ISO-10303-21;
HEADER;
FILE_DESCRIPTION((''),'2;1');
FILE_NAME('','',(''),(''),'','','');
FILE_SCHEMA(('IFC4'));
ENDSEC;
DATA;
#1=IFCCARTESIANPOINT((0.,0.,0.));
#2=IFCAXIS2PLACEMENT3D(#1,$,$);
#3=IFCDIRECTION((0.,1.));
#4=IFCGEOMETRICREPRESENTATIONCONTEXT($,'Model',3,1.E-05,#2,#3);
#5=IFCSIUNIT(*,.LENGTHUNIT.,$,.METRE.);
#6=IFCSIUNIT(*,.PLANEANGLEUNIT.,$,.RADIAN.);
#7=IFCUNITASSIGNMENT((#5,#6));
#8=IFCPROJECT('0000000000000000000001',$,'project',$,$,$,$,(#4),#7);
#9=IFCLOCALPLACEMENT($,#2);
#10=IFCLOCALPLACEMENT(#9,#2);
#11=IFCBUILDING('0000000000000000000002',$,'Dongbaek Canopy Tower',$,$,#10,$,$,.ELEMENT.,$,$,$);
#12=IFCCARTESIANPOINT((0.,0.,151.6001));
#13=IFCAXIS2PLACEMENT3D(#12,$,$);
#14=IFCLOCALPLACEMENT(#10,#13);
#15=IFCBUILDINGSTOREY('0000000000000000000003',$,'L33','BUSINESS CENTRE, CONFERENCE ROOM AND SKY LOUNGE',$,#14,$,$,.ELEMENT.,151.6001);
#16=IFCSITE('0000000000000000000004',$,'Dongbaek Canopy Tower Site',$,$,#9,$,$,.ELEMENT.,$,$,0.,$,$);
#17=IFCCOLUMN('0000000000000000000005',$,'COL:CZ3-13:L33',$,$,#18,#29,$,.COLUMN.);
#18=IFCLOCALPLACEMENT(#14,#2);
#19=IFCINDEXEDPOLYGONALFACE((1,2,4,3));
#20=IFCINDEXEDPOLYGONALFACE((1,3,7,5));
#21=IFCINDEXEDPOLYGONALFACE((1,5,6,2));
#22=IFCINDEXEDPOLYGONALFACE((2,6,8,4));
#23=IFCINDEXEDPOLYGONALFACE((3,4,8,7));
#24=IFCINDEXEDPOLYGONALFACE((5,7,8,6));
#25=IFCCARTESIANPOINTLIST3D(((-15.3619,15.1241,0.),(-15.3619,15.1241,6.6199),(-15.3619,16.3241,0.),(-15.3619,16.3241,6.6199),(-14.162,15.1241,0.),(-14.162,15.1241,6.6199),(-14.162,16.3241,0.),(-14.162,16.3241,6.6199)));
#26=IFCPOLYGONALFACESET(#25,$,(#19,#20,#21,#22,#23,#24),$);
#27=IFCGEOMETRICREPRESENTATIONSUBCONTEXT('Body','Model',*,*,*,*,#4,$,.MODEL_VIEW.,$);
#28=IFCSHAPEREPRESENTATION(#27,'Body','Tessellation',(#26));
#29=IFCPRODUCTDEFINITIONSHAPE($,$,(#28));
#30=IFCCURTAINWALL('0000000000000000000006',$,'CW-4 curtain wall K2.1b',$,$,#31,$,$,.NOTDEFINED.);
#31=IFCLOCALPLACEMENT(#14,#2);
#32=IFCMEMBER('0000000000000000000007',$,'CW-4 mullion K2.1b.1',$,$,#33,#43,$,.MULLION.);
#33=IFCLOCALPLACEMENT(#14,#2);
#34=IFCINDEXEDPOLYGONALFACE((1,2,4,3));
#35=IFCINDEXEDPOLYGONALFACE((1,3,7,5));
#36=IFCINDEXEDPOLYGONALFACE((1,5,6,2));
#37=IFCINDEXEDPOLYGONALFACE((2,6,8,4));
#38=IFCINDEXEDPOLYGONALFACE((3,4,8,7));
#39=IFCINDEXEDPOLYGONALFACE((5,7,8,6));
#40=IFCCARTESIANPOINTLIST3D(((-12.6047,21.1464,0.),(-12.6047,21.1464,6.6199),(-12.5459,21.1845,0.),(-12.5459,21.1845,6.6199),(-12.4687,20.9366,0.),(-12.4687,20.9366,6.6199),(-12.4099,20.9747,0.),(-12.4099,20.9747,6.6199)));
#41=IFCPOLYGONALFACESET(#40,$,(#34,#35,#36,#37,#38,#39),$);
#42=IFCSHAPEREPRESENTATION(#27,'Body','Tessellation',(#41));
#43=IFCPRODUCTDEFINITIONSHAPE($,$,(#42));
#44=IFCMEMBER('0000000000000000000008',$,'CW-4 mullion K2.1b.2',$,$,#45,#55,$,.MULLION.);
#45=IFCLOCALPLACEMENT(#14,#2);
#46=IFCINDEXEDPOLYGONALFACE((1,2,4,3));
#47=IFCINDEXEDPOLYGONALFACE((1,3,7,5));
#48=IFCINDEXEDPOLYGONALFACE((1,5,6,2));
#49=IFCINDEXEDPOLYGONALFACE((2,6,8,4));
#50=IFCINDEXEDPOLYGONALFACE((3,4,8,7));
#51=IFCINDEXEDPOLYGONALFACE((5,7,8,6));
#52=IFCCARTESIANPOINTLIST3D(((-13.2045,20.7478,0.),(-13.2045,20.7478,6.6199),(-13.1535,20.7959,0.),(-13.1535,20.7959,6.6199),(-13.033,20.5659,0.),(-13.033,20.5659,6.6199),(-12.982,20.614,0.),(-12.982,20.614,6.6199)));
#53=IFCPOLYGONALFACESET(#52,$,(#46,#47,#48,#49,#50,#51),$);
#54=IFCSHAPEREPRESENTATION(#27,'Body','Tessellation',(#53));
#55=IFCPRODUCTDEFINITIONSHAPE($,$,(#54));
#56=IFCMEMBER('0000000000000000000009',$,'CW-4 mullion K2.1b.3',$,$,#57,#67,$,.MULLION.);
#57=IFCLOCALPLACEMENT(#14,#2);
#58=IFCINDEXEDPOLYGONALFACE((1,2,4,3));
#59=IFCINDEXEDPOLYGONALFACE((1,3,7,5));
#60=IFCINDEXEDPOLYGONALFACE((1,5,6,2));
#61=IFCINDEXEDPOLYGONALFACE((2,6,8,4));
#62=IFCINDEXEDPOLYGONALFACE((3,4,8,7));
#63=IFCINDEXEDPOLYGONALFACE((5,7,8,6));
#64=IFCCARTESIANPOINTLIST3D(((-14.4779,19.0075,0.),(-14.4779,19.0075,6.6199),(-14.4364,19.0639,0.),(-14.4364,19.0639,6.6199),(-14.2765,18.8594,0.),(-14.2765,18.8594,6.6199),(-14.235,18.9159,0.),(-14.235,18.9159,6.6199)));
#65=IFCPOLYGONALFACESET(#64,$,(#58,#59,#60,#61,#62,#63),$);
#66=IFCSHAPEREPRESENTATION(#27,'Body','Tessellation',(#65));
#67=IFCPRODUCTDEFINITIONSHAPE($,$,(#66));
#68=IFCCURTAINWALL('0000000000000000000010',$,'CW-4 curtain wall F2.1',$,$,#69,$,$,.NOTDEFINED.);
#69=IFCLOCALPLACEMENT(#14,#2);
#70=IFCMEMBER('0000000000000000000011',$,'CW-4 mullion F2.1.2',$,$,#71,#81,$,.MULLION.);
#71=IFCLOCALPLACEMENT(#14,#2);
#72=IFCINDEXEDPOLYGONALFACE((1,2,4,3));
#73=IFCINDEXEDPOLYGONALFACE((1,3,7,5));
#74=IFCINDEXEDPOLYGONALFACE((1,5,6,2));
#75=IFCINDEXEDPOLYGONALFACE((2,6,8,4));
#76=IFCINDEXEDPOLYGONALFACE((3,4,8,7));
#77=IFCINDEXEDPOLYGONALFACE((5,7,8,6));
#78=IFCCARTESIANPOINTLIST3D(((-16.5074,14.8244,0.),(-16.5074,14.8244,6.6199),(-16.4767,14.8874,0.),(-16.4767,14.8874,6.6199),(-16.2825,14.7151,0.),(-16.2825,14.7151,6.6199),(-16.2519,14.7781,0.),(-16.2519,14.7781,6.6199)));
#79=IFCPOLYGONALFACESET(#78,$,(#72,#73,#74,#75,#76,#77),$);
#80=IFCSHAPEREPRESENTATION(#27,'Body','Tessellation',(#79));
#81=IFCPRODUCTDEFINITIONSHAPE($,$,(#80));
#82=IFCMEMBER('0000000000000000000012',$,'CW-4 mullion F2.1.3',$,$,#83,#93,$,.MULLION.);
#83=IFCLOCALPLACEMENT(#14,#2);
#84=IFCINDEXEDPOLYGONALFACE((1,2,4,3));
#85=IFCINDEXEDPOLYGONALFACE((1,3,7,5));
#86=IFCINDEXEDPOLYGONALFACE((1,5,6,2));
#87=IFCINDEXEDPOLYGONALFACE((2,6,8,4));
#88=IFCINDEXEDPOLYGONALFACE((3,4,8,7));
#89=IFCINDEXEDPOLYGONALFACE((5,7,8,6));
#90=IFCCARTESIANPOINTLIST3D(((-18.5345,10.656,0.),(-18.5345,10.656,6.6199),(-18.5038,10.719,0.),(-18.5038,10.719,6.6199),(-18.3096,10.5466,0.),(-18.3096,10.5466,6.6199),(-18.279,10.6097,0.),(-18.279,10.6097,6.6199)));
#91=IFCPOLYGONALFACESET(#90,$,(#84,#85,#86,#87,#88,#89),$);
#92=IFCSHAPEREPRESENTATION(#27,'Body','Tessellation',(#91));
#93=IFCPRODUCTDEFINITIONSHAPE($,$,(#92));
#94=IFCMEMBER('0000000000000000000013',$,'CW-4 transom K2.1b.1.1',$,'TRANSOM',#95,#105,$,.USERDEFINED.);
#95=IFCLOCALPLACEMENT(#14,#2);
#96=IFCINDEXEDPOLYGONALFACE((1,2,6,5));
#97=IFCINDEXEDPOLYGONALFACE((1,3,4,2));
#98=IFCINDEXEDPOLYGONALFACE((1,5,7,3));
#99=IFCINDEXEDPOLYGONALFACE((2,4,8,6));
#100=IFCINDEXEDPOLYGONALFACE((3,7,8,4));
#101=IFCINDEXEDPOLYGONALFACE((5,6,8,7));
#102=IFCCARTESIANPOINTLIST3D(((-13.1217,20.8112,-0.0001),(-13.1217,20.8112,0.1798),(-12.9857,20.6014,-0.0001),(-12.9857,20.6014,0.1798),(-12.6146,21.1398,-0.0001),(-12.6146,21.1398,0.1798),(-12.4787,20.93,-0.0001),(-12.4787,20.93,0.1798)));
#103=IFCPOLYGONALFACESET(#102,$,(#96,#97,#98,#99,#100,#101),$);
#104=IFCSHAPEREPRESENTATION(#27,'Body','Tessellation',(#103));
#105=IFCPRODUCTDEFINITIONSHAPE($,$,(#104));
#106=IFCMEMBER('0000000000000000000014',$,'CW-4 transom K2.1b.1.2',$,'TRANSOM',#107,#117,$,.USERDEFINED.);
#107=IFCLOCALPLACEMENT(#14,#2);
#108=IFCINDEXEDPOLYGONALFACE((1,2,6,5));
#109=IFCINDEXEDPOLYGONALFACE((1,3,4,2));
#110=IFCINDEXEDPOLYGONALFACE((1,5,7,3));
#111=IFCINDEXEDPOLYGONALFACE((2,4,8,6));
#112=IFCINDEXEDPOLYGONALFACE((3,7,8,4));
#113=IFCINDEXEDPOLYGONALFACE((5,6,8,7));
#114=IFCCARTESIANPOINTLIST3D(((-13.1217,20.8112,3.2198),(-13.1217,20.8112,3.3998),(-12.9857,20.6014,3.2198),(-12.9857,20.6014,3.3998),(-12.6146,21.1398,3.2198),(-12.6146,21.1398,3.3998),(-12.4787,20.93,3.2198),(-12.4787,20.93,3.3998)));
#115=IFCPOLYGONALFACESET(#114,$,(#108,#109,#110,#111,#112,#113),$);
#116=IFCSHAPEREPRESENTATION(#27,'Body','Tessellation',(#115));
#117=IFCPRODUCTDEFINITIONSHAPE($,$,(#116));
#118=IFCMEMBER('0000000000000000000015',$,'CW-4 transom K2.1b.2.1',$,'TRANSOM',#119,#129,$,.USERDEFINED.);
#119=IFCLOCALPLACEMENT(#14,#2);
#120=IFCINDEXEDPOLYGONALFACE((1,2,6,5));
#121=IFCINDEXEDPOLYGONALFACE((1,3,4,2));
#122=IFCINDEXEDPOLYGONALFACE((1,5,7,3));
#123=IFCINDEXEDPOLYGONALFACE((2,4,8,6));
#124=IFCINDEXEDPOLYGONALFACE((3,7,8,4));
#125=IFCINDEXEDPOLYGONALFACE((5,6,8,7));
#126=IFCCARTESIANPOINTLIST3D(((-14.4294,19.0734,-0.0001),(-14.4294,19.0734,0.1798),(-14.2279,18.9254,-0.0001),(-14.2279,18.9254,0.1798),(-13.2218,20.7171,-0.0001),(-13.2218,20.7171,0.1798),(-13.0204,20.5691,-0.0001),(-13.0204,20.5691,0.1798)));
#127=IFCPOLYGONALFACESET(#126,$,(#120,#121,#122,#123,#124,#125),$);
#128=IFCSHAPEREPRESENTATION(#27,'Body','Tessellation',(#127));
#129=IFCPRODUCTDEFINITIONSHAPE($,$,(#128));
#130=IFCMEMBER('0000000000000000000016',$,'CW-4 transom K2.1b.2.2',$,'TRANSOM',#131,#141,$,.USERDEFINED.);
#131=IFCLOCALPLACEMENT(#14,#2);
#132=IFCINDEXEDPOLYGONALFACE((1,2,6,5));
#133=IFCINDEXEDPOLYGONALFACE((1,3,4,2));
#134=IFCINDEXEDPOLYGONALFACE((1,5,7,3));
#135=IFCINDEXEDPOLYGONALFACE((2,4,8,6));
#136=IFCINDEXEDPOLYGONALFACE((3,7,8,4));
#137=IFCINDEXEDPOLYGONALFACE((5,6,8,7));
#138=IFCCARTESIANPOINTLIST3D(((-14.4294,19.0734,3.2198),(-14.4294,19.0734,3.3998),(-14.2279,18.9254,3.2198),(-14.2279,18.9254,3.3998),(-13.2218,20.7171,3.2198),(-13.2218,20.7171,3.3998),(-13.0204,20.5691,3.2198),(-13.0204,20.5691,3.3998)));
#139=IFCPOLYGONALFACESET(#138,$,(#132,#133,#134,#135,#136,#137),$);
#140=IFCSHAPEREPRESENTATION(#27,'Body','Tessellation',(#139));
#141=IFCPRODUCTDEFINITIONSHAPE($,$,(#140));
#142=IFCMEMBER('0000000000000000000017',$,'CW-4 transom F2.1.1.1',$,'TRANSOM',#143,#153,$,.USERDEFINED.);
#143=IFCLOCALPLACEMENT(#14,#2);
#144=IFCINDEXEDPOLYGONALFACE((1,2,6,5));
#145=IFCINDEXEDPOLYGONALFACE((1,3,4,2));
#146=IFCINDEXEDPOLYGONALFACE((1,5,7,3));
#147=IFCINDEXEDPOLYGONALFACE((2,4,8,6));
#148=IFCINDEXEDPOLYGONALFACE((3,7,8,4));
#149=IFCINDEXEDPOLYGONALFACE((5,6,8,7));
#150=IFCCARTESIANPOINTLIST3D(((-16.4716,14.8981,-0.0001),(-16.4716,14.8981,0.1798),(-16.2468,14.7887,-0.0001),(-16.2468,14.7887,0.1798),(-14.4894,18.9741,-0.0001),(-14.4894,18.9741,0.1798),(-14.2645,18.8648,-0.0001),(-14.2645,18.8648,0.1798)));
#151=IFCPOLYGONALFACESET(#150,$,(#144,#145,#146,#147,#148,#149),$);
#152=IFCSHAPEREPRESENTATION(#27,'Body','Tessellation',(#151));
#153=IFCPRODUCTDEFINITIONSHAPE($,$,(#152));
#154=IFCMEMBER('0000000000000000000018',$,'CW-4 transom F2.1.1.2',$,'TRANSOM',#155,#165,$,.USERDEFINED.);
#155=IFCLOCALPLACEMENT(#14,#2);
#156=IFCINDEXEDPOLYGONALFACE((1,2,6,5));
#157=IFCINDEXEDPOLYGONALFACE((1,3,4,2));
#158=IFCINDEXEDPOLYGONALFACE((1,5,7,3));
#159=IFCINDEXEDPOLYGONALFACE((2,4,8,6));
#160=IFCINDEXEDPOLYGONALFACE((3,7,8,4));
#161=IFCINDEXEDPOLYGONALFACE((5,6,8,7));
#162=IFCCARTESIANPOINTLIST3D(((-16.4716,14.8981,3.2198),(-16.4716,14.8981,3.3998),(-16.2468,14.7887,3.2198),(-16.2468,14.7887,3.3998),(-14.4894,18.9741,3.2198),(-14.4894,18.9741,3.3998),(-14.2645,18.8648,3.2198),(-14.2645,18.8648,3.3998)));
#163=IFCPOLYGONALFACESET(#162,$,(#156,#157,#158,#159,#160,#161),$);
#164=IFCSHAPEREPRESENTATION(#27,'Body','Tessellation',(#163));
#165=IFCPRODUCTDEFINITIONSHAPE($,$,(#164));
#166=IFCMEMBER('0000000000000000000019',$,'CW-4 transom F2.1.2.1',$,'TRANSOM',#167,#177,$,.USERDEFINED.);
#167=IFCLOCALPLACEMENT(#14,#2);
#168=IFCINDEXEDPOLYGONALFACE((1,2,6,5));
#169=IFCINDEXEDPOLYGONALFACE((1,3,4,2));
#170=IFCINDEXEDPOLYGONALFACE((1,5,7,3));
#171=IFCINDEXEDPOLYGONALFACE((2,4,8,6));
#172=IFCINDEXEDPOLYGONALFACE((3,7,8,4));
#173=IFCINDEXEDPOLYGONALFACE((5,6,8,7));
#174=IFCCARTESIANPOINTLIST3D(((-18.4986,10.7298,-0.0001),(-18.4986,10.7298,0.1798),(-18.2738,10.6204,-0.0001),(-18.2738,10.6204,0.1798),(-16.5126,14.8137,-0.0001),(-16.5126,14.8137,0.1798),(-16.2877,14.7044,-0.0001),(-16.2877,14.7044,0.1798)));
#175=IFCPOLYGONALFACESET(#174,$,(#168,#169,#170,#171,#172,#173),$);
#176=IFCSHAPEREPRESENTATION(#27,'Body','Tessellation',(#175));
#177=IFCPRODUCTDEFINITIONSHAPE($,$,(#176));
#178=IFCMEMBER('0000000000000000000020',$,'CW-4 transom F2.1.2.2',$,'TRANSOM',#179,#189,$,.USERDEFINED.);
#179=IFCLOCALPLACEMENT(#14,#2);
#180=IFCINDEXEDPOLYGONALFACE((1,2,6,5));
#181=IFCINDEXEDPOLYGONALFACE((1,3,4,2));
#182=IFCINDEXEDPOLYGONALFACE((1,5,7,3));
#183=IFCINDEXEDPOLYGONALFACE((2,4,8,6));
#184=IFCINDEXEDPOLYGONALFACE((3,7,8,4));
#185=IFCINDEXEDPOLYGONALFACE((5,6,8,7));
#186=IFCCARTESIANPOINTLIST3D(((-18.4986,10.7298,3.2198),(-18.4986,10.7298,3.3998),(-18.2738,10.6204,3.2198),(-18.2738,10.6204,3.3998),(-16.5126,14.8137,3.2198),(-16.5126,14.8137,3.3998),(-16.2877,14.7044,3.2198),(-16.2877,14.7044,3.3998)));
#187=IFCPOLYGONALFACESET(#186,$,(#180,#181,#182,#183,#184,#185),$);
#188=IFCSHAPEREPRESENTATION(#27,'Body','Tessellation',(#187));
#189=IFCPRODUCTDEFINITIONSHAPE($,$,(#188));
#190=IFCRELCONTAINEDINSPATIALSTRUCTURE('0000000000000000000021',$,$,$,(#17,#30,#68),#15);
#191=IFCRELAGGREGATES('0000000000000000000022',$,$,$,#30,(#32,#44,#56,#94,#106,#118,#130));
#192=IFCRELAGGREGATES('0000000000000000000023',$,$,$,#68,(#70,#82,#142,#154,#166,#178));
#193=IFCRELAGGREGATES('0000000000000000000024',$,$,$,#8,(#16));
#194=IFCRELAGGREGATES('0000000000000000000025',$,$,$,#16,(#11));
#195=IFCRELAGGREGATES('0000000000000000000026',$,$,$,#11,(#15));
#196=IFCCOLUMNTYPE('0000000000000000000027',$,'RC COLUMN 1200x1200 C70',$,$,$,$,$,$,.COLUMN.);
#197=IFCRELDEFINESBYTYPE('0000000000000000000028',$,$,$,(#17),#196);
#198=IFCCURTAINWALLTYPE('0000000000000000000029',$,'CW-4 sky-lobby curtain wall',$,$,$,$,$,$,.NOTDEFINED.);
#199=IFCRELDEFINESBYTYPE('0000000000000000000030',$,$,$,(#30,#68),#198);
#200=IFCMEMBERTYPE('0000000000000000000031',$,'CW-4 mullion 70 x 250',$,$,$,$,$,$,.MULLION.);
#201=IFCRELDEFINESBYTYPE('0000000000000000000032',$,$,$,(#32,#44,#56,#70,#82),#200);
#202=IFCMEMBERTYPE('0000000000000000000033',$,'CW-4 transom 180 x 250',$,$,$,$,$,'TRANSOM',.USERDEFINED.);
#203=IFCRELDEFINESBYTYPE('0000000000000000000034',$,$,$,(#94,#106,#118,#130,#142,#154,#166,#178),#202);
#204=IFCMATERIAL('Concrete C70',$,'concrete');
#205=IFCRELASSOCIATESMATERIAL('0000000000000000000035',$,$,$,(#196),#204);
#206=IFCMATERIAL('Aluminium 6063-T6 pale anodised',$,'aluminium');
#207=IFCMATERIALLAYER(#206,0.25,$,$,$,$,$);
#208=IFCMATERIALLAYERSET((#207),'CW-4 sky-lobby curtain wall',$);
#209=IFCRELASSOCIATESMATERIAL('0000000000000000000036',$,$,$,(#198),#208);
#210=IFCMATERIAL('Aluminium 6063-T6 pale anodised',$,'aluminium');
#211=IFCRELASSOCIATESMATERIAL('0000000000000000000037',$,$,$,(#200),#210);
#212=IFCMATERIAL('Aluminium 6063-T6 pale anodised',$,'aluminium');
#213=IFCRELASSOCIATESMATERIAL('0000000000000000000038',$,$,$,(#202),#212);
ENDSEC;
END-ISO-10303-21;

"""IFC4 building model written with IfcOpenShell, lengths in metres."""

from ifc_helpers import new_model, si_unit, direction, frame, origin, origin_2d, place, context, subcontext, project, spatial, rectangle, extrude, material, layer, layer_set, material_profile, profile_set, type_object, element, aggregate, save


model = new_model("IFC4")

# Units and contexts
model_context = context("Model", 3, precision=1e-05, world=origin(), true_north=direction((0.0, 1.0)))
body_context = subcontext(model_context, "Body", "Model", "MODEL_VIEW")
ifc_project = project(units=[si_unit("LENGTHUNIT", "METRE"), si_unit("PLANEANGLEUNIT", "RADIAN")], contexts=[model_context])

# Site, building, storey
site_placement = place(None, origin())
site = spatial("IfcSite", under=ifc_project, at=site_placement, Name="Dongbaek Canopy Tower Site", CompositionType="ELEMENT", RefElevation=0.0)
building_placement = place(site_placement, origin())
building = spatial("IfcBuilding", under=site, at=building_placement, Name="Dongbaek Canopy Tower", CompositionType="ELEMENT")
storey_placement = place(building_placement, frame((0.0, 0.0, 151.6001)))
storey = spatial("IfcBuildingStorey", under=building, at=storey_placement, Name="L33", Description="BUSINESS CENTRE, CONFERENCE ROOM AND SKY LOUNGE", CompositionType="ELEMENT", Elevation=151.6001)

# Column
ifc_material_1 = material(Name="Concrete C70", Category="concrete")
ifc_material_profile_1 = material_profile(ifc_material_1, rectangle(XDim=1.2, YDim=1.2, at=origin_2d()), Name="RC COLUMN 1200x1200 C70")
ifc_profile_set_1 = profile_set([ifc_material_profile_1], Name="Concrete C70")
column_type = type_object("IfcColumnType", Name="RC COLUMN 1200x1200 C70", PredefinedType="COLUMN", material=ifc_profile_set_1)
column_placement = place(storey_placement, frame((-14.762, 15.7241, 0.0), z_axis=(0.0, 0.0, 1.0), x_axis=(1.0, 0.0, 0.0)))
element("IfcColumn", 1, at=column_placement, inside=storey, type_object=column_type, Name="COL:CZ3-13:L33", PredefinedType="COLUMN", context=body_context, shape_type="SweptSolid", body=[
    extrude(rectangle(XDim=1.2, YDim=1.2, at=origin_2d()), origin(), (0.0, 0.0, 1.0), 6.6199),
])

# Curtain walls, members
ifc_material_2 = material(Name="Aluminium 6063-T6 pale anodised", Category="aluminium")
ifc_layer_1 = layer(ifc_material_2, 0.25)
ifc_layer_set_1 = layer_set([ifc_layer_1], Name="CW-4 sky-lobby curtain wall")
curtain_wall_type = type_object("IfcCurtainWallType", Name="CW-4 sky-lobby curtain wall", PredefinedType="NOTDEFINED", material=ifc_layer_set_1)
curtain_wall_1_placement = place(storey_placement, origin())
curtain_wall_1 = element("IfcCurtainWall", 2, at=curtain_wall_1_placement, inside=storey, type_object=curtain_wall_type, Name="CW-4 curtain wall K2.1b", PredefinedType="NOTDEFINED")
ifc_material_3 = material(Name="Aluminium 6063-T6 pale anodised", Category="aluminium")
ifc_material_profile_2 = material_profile(ifc_material_3, rectangle(XDim=0.25, YDim=0.0701, at=origin_2d()), Name="CW-4 mullion 70 x 250")
ifc_profile_set_2 = profile_set([ifc_material_profile_2], Name="Aluminium 6063-T6 pale anodised")
member_type_1 = type_object("IfcMemberType", Name="CW-4 mullion 70 x 250", PredefinedType="MULLION", material=ifc_profile_set_2)
member_1_placement = place(storey_placement, frame((-12.5073, 21.0605, 0.0), z_axis=(0.0, 0.0, 1.0), x_axis=(-0.54385, 0.839183, 0.0)))
member_1 = element("IfcMember", 3, at=member_1_placement, type_object=member_type_1, Name="CW-4 mullion K2.1b.1", PredefinedType="MULLION", context=body_context, shape_type="SweptSolid", body=[
    extrude(rectangle(XDim=0.25, YDim=0.0701, at=origin_2d()), origin(), (0.0, 0.0, 1.0), 6.6199),
])
member_2_placement = place(storey_placement, frame((-13.0933, 20.6809, 0.0), z_axis=(0.0, 0.0, 1.0), x_axis=(-0.686064, 0.727541, 0.0)))
member_2 = element("IfcMember", 4, at=member_2_placement, type_object=member_type_1, Name="CW-4 mullion K2.1b.2", PredefinedType="MULLION", context=body_context, shape_type="SweptSolid", body=[
    extrude(rectangle(XDim=0.25, YDim=0.0701, at=origin_2d()), origin(), (0.0, 0.0, 1.0), 6.6199),
])
member_3_placement = place(storey_placement, frame((-14.3564, 18.9617, 0.0), z_axis=(0.0, 0.0, 1.0), x_axis=(-0.805852, 0.592116, 0.0)))
member_3 = element("IfcMember", 5, at=member_3_placement, type_object=member_type_1, Name="CW-4 mullion K2.1b.3", PredefinedType="MULLION", context=body_context, shape_type="SweptSolid", body=[
    extrude(rectangle(XDim=0.25, YDim=0.0701, at=origin_2d()), origin(), (0.0, 0.0, 1.0), 6.6199),
])
curtain_wall_2_placement = place(storey_placement, origin())
curtain_wall_2 = element("IfcCurtainWall", 6, at=curtain_wall_2_placement, inside=storey, type_object=curtain_wall_type, Name="CW-4 curtain wall F2.1", PredefinedType="NOTDEFINED")
member_4_placement = place(storey_placement, frame((-16.3796, 14.8013, 0.0), z_axis=(0.0, 0.0, 1.0), x_axis=(-0.899298, 0.437336, 0.0)))
member_4 = element("IfcMember", 7, at=member_4_placement, type_object=member_type_1, Name="CW-4 mullion F2.1.2", PredefinedType="MULLION", context=body_context, shape_type="SweptSolid", body=[
    extrude(rectangle(XDim=0.25, YDim=0.0701, at=origin_2d()), origin(), (0.0, 0.0, 1.0), 6.6199),
])
member_5_placement = place(storey_placement, frame((-18.4067, 10.6328, 0.0), z_axis=(0.0, 0.0, 1.0), x_axis=(-0.899298, 0.437336, 0.0)))
member_5 = element("IfcMember", 8, at=member_5_placement, type_object=member_type_1, Name="CW-4 mullion F2.1.3", PredefinedType="MULLION", context=body_context, shape_type="SweptSolid", body=[
    extrude(rectangle(XDim=0.25, YDim=0.0701, at=origin_2d()), origin(), (0.0, 0.0, 1.0), 6.6199),
])

# Members
ifc_material_4 = material(Name="Aluminium 6063-T6 pale anodised", Category="aluminium")
ifc_material_profile_3 = material_profile(ifc_material_4, rectangle(XDim=0.25, YDim=0.1799, at=origin_2d()), Name="CW-4 transom 180 x 250")
ifc_profile_set_3 = profile_set([ifc_material_profile_3], Name="Aluminium 6063-T6 pale anodised")
member_type_2 = type_object("IfcMemberType", Name="CW-4 transom 180 x 250", ElementType="TRANSOM", PredefinedType="USERDEFINED", material=ifc_profile_set_3)
member_6_placement = place(storey_placement, frame((-12.5466, 21.0349, 0.0898), z_axis=(-0.839191, -0.543837, 0.0), x_axis=(0.543837, -0.839191, 0.0)))
member_6 = element("IfcMember", 9, at=member_6_placement, type_object=member_type_2, Name="CW-4 transom K2.1b.1.1", ObjectType="TRANSOM", PredefinedType="USERDEFINED", context=body_context, shape_type="SweptSolid", body=[
    extrude(rectangle(XDim=0.25, YDim=0.1799, at=origin_2d()), origin(), (0.0, 0.0, 1.0), 0.6042),
])
member_7_placement = place(storey_placement, frame((-12.5466, 21.0349, 3.3098), z_axis=(-0.839191, -0.543837, 0.0), x_axis=(0.543837, -0.839191, 0.0)))
member_7 = element("IfcMember", 10, at=member_7_placement, type_object=member_type_2, Name="CW-4 transom K2.1b.1.2", ObjectType="TRANSOM", PredefinedType="USERDEFINED", context=body_context, shape_type="SweptSolid", body=[
    extrude(rectangle(XDim=0.25, YDim=0.1799, at=origin_2d()), origin(), (0.0, 0.0, 1.0), 0.6042),
])
member_8_placement = place(storey_placement, frame((-13.1211, 20.6431, 0.0898), z_axis=(-0.59208, -0.805879, 0.0), x_axis=(0.805879, -0.59208, 0.0)))
member_8 = element("IfcMember", 11, at=member_8_placement, type_object=member_type_2, Name="CW-4 transom K2.1b.2.1", ObjectType="TRANSOM", PredefinedType="USERDEFINED", context=body_context, shape_type="SweptSolid", body=[
    extrude(rectangle(XDim=0.25, YDim=0.1799, at=origin_2d()), origin(), (0.0, 0.0, 1.0), 2.0396),
])
member_9_placement = place(storey_placement, frame((-13.1211, 20.6431, 3.3098), z_axis=(-0.59208, -0.805879, 0.0), x_axis=(0.805879, -0.59208, 0.0)))
member_9 = element("IfcMember", 12, at=member_9_placement, type_object=member_type_2, Name="CW-4 transom K2.1b.2.2", ObjectType="TRANSOM", PredefinedType="USERDEFINED", context=body_context, shape_type="SweptSolid", body=[
    extrude(rectangle(XDim=0.25, YDim=0.1799, at=origin_2d()), origin(), (0.0, 0.0, 1.0), 2.0396),
])
member_10_placement = place(storey_placement, frame((-14.377, 18.9194, 0.0898), z_axis=(-0.43734, -0.899296, 0.0), x_axis=(0.899296, -0.43734, 0.0)))
member_10 = element("IfcMember", 13, at=member_10_placement, type_object=member_type_2, Name="CW-4 transom F2.1.1.1", ObjectType="TRANSOM", PredefinedType="USERDEFINED", context=body_context, shape_type="SweptSolid", body=[
    extrude(rectangle(XDim=0.25, YDim=0.1799, at=origin_2d()), origin(), (0.0, 0.0, 1.0), 4.5325),
])
member_11_placement = place(storey_placement, frame((-14.377, 18.9194, 3.3098), z_axis=(-0.43734, -0.899296, 0.0), x_axis=(0.899296, -0.43734, 0.0)))
member_11 = element("IfcMember", 14, at=member_11_placement, type_object=member_type_2, Name="CW-4 transom F2.1.1.2", ObjectType="TRANSOM", PredefinedType="USERDEFINED", context=body_context, shape_type="SweptSolid", body=[
    extrude(rectangle(XDim=0.25, YDim=0.1799, at=origin_2d()), origin(), (0.0, 0.0, 1.0), 4.5325),
])
member_12_placement = place(storey_placement, frame((-16.4001, 14.759, 0.0898), z_axis=(-0.437338, -0.899297, 0.0), x_axis=(0.899297, -0.437338, 0.0)))
member_12 = element("IfcMember", 15, at=member_12_placement, type_object=member_type_2, Name="CW-4 transom F2.1.2.1", ObjectType="TRANSOM", PredefinedType="USERDEFINED", context=body_context, shape_type="SweptSolid", body=[
    extrude(rectangle(XDim=0.25, YDim=0.1799, at=origin_2d()), origin(), (0.0, 0.0, 1.0), 4.5413),
])
member_13_placement = place(storey_placement, frame((-16.4001, 14.759, 3.3098), z_axis=(-0.437338, -0.899297, 0.0), x_axis=(0.899297, -0.437338, 0.0)))
member_13 = element("IfcMember", 16, at=member_13_placement, type_object=member_type_2, Name="CW-4 transom F2.1.2.2", ObjectType="TRANSOM", PredefinedType="USERDEFINED", context=body_context, shape_type="SweptSolid", body=[
    extrude(rectangle(XDim=0.25, YDim=0.1799, at=origin_2d()), origin(), (0.0, 0.0, 1.0), 4.5413),
])

aggregate(curtain_wall_1, [member_1, member_2, member_3, member_6, member_7, member_8, member_9])
aggregate(curtain_wall_2, [member_4, member_5, member_10, member_11, member_12, member_13])

save(model, "model.ifc")
